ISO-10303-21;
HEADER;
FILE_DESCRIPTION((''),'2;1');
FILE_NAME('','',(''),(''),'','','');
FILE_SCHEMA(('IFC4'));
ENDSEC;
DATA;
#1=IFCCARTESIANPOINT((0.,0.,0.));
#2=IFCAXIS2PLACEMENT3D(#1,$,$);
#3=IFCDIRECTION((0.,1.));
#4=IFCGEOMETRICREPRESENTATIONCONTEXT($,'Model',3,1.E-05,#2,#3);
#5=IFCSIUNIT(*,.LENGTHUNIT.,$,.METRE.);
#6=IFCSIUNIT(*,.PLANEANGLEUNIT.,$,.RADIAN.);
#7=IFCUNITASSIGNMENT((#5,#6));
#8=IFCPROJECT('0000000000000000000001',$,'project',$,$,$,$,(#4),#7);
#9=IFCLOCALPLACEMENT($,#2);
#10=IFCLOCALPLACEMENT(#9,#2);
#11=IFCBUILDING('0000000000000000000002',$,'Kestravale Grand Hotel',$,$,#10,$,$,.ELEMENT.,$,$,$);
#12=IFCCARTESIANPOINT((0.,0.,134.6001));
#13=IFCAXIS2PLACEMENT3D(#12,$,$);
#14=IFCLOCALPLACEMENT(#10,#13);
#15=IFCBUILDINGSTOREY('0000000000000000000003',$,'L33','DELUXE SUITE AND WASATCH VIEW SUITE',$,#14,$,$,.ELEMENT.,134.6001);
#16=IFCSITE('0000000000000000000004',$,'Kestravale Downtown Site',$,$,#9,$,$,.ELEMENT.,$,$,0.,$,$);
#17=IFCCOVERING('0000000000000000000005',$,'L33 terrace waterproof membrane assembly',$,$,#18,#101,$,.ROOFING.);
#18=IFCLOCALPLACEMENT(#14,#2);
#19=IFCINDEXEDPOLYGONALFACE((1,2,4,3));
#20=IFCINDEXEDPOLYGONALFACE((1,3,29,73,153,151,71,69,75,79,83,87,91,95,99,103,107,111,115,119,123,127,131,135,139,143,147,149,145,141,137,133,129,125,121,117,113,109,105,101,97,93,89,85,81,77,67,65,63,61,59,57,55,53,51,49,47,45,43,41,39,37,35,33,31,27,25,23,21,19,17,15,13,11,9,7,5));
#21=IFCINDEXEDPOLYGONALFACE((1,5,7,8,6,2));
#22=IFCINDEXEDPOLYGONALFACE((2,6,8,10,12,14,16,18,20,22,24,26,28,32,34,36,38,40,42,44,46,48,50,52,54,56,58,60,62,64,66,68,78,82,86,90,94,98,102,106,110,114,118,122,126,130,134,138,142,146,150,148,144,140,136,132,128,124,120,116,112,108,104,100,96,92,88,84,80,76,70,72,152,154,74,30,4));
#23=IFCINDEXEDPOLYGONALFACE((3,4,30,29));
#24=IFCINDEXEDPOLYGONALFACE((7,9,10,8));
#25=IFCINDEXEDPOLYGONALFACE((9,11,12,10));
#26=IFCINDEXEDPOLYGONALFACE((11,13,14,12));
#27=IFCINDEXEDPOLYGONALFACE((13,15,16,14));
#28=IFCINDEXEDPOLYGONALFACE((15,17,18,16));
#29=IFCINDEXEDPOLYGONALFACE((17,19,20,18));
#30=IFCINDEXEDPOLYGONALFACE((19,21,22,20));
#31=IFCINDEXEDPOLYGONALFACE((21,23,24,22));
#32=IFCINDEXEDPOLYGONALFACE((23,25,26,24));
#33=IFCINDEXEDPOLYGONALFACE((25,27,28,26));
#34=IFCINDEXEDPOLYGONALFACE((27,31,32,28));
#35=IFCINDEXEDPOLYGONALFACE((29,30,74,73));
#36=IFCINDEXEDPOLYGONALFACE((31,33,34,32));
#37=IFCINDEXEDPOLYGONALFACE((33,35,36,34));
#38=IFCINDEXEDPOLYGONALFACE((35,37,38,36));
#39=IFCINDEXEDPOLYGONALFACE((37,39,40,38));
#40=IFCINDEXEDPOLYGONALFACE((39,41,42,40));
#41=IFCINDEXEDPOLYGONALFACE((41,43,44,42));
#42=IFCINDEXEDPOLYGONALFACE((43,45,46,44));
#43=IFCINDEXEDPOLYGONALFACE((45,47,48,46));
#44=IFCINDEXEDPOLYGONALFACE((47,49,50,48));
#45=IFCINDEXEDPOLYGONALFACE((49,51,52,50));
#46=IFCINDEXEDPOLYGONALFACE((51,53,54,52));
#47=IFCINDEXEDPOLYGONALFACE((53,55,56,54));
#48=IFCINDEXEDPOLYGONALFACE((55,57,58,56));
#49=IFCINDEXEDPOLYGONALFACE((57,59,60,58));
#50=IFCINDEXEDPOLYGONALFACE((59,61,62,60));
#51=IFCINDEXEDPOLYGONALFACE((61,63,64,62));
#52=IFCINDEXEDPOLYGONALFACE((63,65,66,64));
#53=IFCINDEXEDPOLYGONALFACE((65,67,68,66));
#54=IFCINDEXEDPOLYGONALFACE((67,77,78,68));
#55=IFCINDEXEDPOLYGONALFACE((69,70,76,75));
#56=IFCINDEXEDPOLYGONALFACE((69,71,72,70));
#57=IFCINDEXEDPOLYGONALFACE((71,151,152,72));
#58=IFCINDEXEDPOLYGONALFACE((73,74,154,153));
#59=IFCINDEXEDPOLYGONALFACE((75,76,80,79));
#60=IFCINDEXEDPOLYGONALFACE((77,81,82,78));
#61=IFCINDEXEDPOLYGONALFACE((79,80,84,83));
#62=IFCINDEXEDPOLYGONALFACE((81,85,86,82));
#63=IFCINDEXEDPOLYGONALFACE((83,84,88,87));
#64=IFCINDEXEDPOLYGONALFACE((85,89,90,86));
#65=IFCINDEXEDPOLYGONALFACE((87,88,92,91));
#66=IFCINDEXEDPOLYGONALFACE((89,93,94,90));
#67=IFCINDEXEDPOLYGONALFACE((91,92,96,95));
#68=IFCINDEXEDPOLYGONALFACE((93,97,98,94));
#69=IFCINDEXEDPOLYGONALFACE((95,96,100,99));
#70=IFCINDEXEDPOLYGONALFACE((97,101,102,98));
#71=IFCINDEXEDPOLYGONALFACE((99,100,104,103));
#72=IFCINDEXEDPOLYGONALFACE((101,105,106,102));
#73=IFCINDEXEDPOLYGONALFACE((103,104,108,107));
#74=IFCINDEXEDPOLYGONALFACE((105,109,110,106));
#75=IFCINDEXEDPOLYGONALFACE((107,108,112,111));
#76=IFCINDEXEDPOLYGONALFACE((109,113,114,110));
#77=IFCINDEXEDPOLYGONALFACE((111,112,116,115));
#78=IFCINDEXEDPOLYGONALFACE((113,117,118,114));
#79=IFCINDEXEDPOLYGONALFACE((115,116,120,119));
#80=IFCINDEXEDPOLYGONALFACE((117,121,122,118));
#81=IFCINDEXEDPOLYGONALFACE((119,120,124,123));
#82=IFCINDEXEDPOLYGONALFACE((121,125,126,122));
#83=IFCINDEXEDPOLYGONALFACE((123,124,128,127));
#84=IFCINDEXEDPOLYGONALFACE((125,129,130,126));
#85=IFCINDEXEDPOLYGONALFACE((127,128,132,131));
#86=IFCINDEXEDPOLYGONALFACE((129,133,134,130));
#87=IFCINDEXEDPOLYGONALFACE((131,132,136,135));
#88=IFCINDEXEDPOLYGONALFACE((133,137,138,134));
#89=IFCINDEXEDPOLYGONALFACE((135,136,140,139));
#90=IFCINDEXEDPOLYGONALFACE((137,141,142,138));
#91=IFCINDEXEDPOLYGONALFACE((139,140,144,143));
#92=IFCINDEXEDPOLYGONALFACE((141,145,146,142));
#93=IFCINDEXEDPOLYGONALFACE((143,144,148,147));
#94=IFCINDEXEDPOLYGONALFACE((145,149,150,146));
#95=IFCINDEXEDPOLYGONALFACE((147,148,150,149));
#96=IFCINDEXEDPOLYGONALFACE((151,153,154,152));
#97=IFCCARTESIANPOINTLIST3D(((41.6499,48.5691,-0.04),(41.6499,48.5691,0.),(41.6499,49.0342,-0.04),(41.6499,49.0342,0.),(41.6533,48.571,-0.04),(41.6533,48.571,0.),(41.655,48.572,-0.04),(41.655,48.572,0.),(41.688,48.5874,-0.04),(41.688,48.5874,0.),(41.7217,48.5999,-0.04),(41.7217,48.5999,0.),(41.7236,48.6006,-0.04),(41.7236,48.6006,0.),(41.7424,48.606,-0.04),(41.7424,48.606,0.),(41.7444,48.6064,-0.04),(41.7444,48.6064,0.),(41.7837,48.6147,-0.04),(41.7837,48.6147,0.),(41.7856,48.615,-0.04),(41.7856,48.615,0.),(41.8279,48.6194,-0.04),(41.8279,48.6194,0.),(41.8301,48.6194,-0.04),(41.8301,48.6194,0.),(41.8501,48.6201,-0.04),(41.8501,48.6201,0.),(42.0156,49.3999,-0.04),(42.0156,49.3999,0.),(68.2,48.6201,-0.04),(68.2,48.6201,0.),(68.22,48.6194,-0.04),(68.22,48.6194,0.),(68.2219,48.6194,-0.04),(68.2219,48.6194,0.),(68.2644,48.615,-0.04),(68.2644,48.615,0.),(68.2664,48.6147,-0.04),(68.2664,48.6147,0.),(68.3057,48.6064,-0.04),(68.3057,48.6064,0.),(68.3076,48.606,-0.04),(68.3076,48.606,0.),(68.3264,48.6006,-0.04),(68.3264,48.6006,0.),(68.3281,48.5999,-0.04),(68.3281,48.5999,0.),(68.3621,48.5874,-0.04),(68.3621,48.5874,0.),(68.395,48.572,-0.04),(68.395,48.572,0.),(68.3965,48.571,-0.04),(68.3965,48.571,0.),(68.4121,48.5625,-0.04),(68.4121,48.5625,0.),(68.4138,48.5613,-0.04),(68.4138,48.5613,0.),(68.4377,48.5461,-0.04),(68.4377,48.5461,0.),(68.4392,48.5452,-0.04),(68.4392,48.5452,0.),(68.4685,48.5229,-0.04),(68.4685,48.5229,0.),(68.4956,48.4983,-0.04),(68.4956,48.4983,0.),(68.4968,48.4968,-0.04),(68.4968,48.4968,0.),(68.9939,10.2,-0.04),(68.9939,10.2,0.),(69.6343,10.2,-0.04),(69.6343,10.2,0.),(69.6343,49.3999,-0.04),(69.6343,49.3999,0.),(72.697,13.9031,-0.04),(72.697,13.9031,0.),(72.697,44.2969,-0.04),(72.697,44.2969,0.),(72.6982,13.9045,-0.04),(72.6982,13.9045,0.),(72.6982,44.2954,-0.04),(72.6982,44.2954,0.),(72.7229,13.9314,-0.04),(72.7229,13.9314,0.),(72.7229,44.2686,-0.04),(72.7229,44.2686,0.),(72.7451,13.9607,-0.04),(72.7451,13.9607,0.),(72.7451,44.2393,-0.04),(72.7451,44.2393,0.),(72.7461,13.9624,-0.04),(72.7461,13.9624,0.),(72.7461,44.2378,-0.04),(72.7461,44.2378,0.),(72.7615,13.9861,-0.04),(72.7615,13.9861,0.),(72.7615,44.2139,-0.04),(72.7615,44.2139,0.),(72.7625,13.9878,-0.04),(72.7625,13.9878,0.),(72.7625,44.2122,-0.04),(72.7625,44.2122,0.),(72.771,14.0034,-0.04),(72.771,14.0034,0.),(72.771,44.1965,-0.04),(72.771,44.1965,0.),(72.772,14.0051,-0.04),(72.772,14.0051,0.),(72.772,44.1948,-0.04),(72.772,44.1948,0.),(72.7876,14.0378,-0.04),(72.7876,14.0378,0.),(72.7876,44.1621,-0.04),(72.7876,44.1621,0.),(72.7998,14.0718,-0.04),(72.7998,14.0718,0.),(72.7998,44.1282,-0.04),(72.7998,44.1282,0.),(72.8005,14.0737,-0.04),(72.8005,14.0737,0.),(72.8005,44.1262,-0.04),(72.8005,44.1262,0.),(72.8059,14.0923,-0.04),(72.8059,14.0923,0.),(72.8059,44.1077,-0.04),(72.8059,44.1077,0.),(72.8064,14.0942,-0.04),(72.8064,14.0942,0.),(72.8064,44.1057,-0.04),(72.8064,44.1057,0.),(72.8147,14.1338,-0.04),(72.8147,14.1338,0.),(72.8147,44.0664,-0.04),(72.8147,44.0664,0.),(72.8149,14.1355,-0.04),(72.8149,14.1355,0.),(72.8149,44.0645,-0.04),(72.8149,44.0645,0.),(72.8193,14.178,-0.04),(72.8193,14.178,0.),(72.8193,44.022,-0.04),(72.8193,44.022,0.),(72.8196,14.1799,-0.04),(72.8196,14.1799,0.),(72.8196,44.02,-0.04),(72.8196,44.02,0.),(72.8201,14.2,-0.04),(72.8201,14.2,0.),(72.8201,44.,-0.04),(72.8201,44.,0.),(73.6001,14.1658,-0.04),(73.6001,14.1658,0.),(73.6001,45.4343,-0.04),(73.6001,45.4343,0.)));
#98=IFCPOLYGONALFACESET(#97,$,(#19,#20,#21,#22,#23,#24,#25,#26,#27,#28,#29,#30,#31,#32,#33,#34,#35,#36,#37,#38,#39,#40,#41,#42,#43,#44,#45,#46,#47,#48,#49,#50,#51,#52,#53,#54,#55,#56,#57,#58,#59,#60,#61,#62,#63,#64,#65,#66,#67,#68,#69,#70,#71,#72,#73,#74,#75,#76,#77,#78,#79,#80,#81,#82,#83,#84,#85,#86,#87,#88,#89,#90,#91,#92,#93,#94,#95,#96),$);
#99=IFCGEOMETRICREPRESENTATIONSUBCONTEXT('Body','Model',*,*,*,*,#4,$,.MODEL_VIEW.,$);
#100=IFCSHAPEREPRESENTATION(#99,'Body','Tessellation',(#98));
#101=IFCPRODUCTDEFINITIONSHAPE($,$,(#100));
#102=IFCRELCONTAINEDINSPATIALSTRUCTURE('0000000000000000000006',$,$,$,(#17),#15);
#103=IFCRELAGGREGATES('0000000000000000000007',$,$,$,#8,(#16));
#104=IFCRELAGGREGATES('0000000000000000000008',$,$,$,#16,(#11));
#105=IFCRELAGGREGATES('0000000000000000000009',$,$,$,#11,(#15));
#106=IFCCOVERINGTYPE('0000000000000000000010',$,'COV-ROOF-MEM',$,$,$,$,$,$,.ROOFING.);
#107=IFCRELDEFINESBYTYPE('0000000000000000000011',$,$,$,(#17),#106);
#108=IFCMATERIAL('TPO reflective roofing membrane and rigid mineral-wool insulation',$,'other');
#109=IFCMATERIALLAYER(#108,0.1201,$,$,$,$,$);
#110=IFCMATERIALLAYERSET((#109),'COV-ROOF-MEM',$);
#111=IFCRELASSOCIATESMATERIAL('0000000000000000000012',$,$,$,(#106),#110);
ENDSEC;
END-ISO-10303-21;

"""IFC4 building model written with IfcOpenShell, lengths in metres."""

from ifc_helpers import new_model, si_unit, direction, frame, origin, place, context, subcontext, project, spatial, polyline, outline, extrude, material, layer, layer_set, type_object, element, save


model = new_model("IFC4")

# Units and contexts
model_context = context("Model", 3, precision=1e-05, world=origin(), true_north=direction((0.0, 1.0)))
body_context = subcontext(model_context, "Body", "Model", "MODEL_VIEW")
ifc_project = project(units=[si_unit("LENGTHUNIT", "METRE"), si_unit("PLANEANGLEUNIT", "RADIAN")], contexts=[model_context])

# Site, building, storey
site_placement = place(None, origin())
site = spatial("IfcSite", under=ifc_project, at=site_placement, Name="Kestravale Downtown Site", CompositionType="ELEMENT", RefElevation=0.0)
building_placement = place(site_placement, origin())
building = spatial("IfcBuilding", under=site, at=building_placement, Name="Kestravale Grand Hotel", CompositionType="ELEMENT")
storey_placement = place(building_placement, frame((0.0, 0.0, 134.6001)))
storey = spatial("IfcBuildingStorey", under=building, at=storey_placement, Name="L33", Description="DELUXE SUITE AND WASATCH VIEW SUITE", CompositionType="ELEMENT", Elevation=134.6001)

# Covering
ifc_material_1 = material(Name="TPO reflective roofing membrane and rigid mineral-wool insulation", Category="other")
ifc_layer_1 = layer(ifc_material_1, 0.1201)
ifc_layer_set_1 = layer_set([ifc_layer_1], Name="COV-ROOF-MEM")
covering_type = type_object("IfcCoveringType", Name="COV-ROOF-MEM", PredefinedType="ROOFING", material=ifc_layer_set_1)
covering_placement = place(storey_placement, frame((0.0, 0.0, -0.04)))
element("IfcCovering", 1, at=covering_placement, inside=storey, type_object=covering_type, Name="L33 terrace waterproof membrane assembly", PredefinedType="ROOFING", context=body_context, shape_type="SweptSolid", body=[
    extrude(outline(polyline([(41.6499, 48.5691), (41.6499, 49.0342), (42.0156, 49.3999), (69.6343, 49.3999), (73.6001, 45.4343), (73.6001, 14.1658), (69.6343, 10.2), (68.9939, 10.2), (72.697, 13.9031), (72.6982, 13.9045), (72.7229, 13.9314), (72.7451, 13.9607), (72.7461, 13.9624), (72.7615, 13.9861), (72.7625, 13.9878), (72.771, 14.0034), (72.772, 14.0051), (72.7876, 14.0378), (72.7998, 14.0718), (72.8005, 14.0737), (72.8059, 14.0923), (72.8064, 14.0942), (72.8147, 14.1338), (72.8149, 14.1355), (72.8193, 14.178), (72.8196, 14.1799), (72.8201, 14.2), (72.8201, 44.0), (72.8196, 44.02), (72.8193, 44.022), (72.8149, 44.0645), (72.8147, 44.0664), (72.8064, 44.1057), (72.8059, 44.1077), (72.8005, 44.1262), (72.7998, 44.1282), (72.7876, 44.1621), (72.772, 44.1948), (72.771, 44.1965), (72.7625, 44.2122), (72.7615, 44.2139), (72.7461, 44.2378), (72.7451, 44.2393), (72.7229, 44.2686), (72.6982, 44.2954), (72.697, 44.2969), (68.4968, 48.4968), (68.4956, 48.4983), (68.4685, 48.5229), (68.4392, 48.5452), (68.4377, 48.5461), (68.4138, 48.5613), (68.4121, 48.5625), (68.3965, 48.571), (68.395, 48.572), (68.3621, 48.5874), (68.3281, 48.5999), (68.3264, 48.6006), (68.3076, 48.606), (68.3057, 48.6064), (68.2664, 48.6147), (68.2644, 48.615), (68.2219, 48.6194), (68.22, 48.6194), (68.2, 48.6201), (41.8501, 48.6201), (41.8301, 48.6194), (41.8279, 48.6194), (41.7856, 48.615), (41.7837, 48.6147), (41.7444, 48.6064), (41.7424, 48.606), (41.7236, 48.6006), (41.7217, 48.5999), (41.688, 48.5874), (41.655, 48.572), (41.6533, 48.571), (41.6499, 48.5691)])), origin(), (0.0, 0.0, 1.0), 0.04),
])

save(model, "model.ifc")
